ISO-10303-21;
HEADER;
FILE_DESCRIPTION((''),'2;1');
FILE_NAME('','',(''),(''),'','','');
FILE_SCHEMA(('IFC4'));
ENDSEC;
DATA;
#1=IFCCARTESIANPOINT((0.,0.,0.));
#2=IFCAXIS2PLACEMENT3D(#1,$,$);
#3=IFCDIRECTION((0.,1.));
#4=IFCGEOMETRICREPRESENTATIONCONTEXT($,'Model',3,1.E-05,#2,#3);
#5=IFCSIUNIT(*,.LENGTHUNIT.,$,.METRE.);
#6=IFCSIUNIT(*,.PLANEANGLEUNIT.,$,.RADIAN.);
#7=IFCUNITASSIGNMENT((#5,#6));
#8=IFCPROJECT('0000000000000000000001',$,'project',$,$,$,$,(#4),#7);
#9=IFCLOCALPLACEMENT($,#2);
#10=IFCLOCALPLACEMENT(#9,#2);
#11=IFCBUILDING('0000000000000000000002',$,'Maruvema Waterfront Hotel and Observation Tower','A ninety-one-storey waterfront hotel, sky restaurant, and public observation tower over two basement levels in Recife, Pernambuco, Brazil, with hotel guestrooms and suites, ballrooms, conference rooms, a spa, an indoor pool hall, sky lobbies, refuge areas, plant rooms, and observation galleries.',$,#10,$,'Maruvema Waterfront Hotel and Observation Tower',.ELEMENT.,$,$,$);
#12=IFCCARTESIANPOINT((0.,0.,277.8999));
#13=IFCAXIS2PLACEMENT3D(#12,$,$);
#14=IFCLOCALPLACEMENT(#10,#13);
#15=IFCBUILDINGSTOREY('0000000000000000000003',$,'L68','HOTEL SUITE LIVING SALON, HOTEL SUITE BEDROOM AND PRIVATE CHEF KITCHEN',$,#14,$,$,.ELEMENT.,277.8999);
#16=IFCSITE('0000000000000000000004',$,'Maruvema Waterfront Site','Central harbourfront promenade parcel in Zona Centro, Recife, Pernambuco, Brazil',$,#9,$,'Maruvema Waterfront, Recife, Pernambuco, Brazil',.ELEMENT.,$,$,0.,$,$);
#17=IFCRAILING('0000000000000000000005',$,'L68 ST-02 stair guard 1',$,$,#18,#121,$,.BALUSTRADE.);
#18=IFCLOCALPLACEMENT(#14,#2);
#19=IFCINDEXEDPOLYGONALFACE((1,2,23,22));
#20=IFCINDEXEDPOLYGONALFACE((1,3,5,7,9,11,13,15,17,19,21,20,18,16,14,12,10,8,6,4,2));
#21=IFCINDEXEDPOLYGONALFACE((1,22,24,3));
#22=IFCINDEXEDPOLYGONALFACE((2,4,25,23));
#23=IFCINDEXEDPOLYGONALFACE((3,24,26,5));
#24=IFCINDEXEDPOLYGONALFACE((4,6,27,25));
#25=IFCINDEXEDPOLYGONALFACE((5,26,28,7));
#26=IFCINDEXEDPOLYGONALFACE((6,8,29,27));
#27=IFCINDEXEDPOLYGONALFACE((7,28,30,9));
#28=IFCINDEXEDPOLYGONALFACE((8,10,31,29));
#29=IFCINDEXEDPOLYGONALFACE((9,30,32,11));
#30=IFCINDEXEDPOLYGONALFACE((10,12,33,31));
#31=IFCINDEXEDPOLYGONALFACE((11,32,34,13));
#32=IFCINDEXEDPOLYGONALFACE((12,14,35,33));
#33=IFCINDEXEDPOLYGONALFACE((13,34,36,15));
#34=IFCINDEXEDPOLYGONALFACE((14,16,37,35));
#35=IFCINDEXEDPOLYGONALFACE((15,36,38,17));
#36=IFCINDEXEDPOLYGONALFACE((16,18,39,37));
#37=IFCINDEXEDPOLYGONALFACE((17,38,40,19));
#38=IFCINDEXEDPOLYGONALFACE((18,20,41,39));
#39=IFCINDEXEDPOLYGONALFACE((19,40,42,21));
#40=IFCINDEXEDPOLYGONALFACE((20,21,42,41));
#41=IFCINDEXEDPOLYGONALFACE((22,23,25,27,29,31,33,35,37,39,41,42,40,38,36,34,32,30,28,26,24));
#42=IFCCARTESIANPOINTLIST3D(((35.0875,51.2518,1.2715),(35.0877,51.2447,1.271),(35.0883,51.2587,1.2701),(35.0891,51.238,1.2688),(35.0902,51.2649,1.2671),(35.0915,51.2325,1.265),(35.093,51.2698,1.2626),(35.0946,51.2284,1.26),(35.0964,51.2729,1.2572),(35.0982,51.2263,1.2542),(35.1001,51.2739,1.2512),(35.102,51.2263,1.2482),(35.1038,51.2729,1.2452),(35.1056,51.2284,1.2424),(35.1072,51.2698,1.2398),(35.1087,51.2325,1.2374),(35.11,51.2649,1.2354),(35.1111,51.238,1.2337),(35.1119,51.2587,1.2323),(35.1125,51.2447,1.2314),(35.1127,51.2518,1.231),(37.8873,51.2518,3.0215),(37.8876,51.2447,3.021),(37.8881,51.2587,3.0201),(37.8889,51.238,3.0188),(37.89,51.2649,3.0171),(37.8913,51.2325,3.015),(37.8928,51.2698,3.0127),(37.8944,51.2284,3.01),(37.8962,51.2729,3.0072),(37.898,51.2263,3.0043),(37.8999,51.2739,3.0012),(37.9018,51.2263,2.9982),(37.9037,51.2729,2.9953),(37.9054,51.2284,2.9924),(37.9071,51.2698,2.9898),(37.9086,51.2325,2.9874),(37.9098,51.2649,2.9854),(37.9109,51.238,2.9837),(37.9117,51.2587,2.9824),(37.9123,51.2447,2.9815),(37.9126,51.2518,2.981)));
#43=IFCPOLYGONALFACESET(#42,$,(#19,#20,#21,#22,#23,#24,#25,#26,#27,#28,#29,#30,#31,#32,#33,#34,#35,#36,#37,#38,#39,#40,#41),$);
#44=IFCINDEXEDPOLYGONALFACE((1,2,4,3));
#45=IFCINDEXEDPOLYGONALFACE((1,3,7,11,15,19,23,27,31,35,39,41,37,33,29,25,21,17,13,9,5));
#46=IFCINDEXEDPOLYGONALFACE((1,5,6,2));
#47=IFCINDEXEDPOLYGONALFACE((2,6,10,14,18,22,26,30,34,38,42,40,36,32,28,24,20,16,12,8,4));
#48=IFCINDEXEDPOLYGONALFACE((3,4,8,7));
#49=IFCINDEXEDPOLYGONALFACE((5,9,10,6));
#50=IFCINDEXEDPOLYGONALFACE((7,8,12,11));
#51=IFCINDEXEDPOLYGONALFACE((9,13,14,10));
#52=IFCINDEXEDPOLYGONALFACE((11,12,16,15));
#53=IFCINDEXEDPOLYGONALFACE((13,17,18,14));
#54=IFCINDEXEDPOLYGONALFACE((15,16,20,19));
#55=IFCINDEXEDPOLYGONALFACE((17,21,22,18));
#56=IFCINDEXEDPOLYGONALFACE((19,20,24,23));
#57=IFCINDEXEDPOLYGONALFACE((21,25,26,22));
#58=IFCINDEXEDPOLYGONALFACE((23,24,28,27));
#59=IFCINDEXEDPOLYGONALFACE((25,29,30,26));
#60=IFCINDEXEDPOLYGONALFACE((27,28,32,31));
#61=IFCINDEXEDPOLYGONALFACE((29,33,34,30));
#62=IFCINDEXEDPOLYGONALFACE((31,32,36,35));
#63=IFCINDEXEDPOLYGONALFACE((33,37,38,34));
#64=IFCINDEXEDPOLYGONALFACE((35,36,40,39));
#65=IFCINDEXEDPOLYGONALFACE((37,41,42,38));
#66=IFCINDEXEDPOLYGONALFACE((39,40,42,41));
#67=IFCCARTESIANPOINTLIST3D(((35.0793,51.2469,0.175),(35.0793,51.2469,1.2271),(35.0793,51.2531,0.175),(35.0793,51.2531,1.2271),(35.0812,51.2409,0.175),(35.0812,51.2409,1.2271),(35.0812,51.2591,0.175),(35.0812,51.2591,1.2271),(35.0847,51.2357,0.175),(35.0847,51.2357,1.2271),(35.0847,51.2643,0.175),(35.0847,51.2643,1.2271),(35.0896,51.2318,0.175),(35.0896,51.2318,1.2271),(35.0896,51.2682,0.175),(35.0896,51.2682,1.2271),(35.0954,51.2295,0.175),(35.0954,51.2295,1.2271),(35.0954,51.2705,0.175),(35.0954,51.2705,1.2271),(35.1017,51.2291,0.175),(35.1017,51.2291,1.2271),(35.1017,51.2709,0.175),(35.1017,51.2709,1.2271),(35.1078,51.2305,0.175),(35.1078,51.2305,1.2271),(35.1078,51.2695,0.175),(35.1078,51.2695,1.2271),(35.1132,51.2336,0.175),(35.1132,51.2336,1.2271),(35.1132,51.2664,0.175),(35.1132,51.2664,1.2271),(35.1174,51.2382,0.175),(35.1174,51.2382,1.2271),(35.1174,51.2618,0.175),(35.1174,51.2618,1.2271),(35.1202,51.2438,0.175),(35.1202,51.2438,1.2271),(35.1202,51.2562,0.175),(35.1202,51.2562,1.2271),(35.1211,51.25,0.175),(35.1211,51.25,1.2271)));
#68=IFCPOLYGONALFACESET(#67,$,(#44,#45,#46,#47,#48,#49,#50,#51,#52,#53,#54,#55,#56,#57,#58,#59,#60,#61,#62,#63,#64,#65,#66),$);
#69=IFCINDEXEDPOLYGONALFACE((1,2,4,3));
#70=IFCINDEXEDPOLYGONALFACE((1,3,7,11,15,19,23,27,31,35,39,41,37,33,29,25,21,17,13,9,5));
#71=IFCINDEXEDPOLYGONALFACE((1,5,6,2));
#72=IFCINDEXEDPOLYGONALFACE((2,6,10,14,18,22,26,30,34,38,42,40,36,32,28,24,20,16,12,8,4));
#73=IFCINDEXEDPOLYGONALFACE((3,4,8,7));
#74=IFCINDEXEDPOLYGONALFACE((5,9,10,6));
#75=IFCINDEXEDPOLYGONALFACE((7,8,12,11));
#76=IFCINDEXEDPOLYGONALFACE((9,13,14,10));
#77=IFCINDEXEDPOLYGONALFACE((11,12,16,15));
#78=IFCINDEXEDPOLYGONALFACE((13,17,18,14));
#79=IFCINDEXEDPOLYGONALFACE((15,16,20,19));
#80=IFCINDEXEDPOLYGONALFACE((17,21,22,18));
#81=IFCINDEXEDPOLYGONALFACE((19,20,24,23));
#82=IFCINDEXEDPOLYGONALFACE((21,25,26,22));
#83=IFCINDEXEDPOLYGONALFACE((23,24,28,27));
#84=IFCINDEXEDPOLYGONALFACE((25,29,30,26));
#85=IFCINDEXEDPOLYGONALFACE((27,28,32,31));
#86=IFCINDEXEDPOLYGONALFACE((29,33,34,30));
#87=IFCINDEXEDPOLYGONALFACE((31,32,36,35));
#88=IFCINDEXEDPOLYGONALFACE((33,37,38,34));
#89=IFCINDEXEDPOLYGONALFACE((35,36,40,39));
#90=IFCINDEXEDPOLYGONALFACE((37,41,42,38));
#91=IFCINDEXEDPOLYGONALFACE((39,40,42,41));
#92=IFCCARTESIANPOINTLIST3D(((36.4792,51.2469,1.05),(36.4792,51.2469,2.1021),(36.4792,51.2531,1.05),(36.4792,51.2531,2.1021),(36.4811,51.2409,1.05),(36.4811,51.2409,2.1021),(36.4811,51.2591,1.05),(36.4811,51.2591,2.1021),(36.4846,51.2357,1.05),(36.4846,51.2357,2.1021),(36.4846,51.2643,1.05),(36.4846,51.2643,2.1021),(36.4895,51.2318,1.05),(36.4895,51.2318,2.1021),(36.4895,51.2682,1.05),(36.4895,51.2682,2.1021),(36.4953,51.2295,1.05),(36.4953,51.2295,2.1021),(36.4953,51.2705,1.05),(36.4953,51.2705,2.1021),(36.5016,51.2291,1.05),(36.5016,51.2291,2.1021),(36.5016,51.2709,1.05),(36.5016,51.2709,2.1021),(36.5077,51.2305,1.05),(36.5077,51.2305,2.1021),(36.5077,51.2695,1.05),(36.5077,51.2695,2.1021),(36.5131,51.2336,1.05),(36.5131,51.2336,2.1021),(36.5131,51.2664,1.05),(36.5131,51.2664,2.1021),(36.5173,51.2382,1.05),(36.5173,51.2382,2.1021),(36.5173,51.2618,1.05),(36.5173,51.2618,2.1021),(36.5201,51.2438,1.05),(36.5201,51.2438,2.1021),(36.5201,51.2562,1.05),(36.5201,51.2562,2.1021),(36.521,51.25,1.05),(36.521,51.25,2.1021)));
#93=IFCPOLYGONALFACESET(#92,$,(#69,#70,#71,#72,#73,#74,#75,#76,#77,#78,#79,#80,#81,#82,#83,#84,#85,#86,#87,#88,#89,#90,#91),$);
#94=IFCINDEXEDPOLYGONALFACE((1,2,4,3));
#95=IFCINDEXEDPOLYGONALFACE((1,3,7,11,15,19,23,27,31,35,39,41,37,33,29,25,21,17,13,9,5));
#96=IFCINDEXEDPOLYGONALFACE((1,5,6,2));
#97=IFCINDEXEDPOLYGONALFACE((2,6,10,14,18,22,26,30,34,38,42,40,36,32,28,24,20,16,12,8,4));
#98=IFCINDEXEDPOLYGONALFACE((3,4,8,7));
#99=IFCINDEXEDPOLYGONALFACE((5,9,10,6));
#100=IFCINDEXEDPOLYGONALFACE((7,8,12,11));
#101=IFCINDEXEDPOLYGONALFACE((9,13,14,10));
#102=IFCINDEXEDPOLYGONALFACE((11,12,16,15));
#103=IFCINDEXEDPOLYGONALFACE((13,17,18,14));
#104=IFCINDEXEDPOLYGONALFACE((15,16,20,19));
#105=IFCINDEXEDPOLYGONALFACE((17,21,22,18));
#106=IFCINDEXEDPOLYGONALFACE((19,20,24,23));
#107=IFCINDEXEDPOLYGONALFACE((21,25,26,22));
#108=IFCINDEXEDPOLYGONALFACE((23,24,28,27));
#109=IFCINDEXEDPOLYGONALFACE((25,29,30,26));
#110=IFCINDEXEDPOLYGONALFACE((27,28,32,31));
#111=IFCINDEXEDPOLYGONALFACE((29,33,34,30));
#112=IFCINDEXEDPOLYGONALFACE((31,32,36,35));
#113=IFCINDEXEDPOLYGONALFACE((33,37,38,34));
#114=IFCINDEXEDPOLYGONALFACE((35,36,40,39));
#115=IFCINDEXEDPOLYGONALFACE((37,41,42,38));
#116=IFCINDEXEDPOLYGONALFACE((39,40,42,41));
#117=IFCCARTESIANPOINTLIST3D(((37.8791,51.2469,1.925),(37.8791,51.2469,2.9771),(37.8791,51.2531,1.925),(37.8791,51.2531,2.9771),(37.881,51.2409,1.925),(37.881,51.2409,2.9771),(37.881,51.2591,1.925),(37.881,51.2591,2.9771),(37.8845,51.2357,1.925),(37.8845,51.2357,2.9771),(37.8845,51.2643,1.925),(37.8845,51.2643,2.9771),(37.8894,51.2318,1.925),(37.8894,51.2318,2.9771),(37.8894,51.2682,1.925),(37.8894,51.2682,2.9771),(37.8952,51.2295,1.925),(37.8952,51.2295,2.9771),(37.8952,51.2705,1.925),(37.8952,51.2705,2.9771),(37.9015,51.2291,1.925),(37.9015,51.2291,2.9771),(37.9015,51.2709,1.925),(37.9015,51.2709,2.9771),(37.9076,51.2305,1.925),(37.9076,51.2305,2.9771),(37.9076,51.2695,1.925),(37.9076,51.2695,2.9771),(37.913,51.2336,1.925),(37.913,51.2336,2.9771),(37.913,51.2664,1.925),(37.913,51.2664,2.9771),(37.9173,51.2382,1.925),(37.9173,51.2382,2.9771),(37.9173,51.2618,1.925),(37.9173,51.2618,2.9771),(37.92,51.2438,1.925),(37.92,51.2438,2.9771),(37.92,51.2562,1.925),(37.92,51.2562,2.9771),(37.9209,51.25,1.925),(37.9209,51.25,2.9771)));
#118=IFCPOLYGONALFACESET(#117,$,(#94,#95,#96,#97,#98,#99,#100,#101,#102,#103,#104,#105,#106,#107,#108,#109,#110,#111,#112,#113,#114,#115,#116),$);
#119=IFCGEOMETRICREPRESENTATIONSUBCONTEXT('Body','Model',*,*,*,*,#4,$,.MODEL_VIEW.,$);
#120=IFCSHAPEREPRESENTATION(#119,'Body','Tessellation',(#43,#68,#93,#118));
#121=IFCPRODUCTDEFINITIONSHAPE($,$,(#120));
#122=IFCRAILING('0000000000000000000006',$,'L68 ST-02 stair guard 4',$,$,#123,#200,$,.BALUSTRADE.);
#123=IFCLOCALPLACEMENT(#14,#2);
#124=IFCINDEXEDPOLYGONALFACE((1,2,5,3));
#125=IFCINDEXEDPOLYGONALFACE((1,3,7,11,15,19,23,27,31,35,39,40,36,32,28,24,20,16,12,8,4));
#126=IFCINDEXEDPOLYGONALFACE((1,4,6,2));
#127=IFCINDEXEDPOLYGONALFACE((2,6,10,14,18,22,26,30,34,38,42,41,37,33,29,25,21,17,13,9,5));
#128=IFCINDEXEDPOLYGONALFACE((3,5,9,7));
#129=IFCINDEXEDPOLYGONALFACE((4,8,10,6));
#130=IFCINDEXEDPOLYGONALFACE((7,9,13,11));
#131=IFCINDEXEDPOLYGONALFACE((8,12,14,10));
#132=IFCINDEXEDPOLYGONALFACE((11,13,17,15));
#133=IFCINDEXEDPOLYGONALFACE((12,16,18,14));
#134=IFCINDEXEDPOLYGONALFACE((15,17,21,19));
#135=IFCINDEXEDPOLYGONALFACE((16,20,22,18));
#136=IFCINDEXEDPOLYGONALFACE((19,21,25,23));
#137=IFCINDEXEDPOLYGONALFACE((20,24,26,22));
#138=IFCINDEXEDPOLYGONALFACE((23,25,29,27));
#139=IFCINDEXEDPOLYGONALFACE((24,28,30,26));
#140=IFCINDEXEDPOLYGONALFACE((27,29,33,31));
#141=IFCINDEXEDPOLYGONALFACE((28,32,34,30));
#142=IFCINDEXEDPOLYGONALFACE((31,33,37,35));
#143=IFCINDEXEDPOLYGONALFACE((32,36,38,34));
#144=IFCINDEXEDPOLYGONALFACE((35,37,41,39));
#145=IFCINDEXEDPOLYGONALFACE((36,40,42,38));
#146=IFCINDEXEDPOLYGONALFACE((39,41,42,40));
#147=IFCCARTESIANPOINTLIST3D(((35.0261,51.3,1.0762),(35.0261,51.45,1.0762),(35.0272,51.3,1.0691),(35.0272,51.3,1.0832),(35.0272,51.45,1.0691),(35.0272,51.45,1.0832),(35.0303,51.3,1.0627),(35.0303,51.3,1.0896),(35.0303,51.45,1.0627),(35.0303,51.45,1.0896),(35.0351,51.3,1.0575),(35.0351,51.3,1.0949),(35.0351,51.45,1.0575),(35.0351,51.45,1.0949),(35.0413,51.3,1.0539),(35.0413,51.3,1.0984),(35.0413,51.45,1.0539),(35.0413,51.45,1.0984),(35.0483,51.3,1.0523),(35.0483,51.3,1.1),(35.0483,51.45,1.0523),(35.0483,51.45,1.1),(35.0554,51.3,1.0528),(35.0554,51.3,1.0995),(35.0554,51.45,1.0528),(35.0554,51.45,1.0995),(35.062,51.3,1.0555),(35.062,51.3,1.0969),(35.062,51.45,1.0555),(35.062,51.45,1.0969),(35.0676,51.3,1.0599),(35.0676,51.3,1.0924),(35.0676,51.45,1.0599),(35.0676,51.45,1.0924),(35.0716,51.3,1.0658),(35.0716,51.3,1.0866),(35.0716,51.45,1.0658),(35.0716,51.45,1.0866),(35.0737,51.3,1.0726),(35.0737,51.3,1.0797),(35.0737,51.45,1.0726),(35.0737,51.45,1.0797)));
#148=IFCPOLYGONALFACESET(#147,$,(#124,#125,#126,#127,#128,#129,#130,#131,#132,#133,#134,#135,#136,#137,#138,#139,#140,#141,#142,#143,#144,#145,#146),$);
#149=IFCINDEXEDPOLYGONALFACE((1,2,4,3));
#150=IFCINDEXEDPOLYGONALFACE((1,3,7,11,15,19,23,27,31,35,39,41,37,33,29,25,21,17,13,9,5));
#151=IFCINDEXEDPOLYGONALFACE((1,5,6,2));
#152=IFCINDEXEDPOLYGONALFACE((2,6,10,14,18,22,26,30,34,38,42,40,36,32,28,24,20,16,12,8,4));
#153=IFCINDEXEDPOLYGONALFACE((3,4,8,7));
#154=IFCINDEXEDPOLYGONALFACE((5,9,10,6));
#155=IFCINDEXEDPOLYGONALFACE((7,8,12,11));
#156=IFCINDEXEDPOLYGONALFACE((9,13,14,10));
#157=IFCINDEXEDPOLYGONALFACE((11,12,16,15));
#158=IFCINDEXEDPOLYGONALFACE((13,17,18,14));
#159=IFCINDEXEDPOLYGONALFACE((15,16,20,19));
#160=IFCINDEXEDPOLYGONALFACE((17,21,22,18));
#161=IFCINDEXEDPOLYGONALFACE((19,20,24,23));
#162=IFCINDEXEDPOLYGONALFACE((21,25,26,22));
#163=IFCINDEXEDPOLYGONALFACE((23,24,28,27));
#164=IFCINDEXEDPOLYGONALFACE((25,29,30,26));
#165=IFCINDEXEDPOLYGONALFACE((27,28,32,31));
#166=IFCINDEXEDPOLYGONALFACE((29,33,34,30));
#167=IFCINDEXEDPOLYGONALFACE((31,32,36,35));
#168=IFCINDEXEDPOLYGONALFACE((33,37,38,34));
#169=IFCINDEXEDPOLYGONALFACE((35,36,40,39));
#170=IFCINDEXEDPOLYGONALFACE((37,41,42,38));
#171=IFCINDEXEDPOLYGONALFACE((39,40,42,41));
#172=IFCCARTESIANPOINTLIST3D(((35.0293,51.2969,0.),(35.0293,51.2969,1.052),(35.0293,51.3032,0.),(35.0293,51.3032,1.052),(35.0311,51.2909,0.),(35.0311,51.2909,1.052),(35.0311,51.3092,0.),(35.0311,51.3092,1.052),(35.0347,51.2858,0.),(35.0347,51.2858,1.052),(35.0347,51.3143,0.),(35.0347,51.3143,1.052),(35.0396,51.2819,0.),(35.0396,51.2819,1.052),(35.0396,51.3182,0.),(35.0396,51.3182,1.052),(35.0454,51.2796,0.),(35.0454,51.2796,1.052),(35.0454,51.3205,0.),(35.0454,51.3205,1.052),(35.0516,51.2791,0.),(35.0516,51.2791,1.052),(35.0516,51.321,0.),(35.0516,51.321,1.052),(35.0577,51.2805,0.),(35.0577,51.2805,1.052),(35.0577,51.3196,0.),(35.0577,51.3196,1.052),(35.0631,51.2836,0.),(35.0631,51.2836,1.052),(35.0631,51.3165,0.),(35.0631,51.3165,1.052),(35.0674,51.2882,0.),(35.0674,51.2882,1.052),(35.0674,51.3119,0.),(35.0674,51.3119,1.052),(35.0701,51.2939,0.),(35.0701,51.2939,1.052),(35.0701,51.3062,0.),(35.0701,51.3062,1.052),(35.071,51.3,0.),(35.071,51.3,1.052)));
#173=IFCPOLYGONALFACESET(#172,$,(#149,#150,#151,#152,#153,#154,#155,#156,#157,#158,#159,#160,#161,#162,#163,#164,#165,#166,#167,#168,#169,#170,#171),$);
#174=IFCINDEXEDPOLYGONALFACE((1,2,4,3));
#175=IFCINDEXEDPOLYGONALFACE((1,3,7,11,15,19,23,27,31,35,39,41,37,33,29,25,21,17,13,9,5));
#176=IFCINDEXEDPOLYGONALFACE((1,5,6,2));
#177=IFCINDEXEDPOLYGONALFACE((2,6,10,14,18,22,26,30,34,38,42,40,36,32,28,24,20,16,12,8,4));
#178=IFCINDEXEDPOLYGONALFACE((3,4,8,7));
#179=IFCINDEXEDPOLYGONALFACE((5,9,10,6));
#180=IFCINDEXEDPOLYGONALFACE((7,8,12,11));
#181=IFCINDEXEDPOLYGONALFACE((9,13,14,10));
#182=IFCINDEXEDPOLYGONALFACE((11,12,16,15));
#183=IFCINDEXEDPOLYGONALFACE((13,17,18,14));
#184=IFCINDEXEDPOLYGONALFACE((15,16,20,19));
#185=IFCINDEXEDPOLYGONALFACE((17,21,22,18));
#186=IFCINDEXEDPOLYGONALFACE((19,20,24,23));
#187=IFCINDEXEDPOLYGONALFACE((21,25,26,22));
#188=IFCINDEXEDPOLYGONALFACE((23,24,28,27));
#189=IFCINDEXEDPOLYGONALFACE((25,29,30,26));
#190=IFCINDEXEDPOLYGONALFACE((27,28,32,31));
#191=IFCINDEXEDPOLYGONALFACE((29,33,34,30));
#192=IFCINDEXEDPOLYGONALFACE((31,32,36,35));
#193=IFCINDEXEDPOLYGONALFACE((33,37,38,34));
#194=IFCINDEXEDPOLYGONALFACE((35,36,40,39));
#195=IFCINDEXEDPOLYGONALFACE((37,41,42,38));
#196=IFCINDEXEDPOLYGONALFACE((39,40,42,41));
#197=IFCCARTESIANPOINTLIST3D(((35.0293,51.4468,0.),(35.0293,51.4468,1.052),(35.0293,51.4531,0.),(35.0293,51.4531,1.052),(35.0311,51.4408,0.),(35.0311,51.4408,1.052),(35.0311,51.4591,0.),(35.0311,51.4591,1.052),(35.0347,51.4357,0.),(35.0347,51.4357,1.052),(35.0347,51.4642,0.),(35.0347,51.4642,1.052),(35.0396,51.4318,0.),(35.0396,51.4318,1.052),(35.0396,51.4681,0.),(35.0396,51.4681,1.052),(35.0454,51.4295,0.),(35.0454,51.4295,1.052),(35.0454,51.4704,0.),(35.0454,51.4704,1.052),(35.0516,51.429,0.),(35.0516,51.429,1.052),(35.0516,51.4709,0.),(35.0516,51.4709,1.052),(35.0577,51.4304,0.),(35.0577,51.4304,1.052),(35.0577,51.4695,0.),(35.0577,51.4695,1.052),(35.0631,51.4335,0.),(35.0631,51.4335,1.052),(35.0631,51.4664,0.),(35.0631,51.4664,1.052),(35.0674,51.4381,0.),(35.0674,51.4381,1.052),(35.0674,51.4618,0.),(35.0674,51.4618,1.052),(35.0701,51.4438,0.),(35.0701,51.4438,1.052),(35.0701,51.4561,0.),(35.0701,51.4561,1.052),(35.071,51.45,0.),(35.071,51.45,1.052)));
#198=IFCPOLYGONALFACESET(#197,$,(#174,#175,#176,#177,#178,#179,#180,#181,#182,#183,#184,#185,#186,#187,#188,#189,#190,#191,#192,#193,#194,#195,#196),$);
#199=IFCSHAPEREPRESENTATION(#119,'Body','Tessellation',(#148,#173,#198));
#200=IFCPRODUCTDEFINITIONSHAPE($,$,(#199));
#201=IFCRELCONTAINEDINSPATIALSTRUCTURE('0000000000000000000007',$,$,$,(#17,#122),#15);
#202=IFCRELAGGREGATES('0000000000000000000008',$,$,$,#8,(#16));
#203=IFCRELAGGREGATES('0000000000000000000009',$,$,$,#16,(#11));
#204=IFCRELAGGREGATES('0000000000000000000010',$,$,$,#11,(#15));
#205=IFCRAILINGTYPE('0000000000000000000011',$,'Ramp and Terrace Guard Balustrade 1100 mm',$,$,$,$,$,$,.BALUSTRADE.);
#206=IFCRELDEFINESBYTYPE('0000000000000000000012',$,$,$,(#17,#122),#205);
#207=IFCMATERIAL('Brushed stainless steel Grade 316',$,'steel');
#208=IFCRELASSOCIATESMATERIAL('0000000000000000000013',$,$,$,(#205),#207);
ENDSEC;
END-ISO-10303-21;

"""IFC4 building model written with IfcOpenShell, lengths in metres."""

from ifc_helpers import new_model, si_unit, direction, frame, origin, origin_2d, place, context, subcontext, project, spatial, circle, extrude, material, type_object, element, save


model = new_model("IFC4")

# Units and contexts
model_context = context("Model", 3, precision=1e-05, world=origin(), true_north=direction((0.0, 1.0)))
body_context = subcontext(model_context, "Body", "Model", "MODEL_VIEW")
ifc_project = project(units=[si_unit("LENGTHUNIT", "METRE"), si_unit("PLANEANGLEUNIT", "RADIAN")], contexts=[model_context])

# Site, building, storey
site_placement = place(None, origin())
site = spatial("IfcSite", under=ifc_project, at=site_placement, Name="Maruvema Waterfront Site", Description="Central harbourfront promenade parcel in Zona Centro, Recife, Pernambuco, Brazil", LongName="Maruvema Waterfront, Recife, Pernambuco, Brazil", CompositionType="ELEMENT", RefElevation=0.0)
building_placement = place(site_placement, origin())
building = spatial("IfcBuilding", under=site, at=building_placement, Name="Maruvema Waterfront Hotel and Observation Tower", Description="A ninety-one-storey waterfront hotel, sky restaurant, and public observation tower over two basement levels in Recife, Pernambuco, Brazil, with hotel guestrooms and suites, ballrooms, conference rooms, a spa, an indoor pool hall, sky lobbies, refuge areas, plant rooms, and observation galleries.", LongName="Maruvema Waterfront Hotel and Observation Tower", CompositionType="ELEMENT")
storey_placement = place(building_placement, frame((0.0, 0.0, 277.8999)))
storey = spatial("IfcBuildingStorey", under=building, at=storey_placement, Name="L68", Description="HOTEL SUITE LIVING SALON, HOTEL SUITE BEDROOM AND PRIVATE CHEF KITCHEN", CompositionType="ELEMENT", Elevation=277.8999)

# Railings
ifc_material_1 = material(Name="Brushed stainless steel Grade 316", Category="steel")
railing_type_1 = type_object("IfcRailingType", Name="Ramp and Terrace Guard Balustrade 1100 mm", PredefinedType="BALUSTRADE", material=ifc_material_1)
railing_1_placement = place(storey_placement, frame((35.1001, 51.25, 0.175)))
element("IfcRailing", 1, at=railing_1_placement, inside=storey, type_object=railing_type_1, Name="L68 ST-02 stair guard 1", PredefinedType="BALUSTRADE", context=body_context, shape_type="SweptSolid", body=[
    extrude(circle(Radius=0.0239, at=origin_2d()), frame((0.0, 0.0, 1.0762), z_axis=(0.847982, 0.0, 0.530026), x_axis=(0.0, 1.0, 0.0)), (0.0, 0.0, 1.0), 3.3018),
    extrude(circle(Radius=0.021, at=origin_2d()), origin(), (0.0, 0.0, 1.0), 1.052),
    extrude(circle(Radius=0.021, at=origin_2d()), frame((1.3999, 0.0, 0.875)), (0.0, 0.0, 1.0), 1.052),
    extrude(circle(Radius=0.021, at=origin_2d()), frame((2.7998, 0.0, 1.75)), (0.0, 0.0, 1.0), 1.052),
])
railing_2_placement = place(storey_placement, frame((35.05, 51.3, 0.0)))
element("IfcRailing", 2, at=railing_2_placement, inside=storey, type_object=railing_type_1, Name="L68 ST-02 stair guard 4", PredefinedType="BALUSTRADE", context=body_context, shape_type="SweptSolid", body=[
    extrude(circle(Radius=0.0239, at=origin_2d()), frame((0.0, 0.0, 1.0762), z_axis=(0.0, 1.0, 0.0), x_axis=(-1.0, 0.0, 0.0)), (0.0, 0.0, 1.0), 0.1499),
    extrude(circle(Radius=0.021, at=origin_2d()), origin(), (0.0, 0.0, 1.0), 1.052),
    extrude(circle(Radius=0.021, at=origin_2d()), frame((0.0, 0.1499, 0.0)), (0.0, 0.0, 1.0), 1.052),
])

save(model, "model.ifc")
